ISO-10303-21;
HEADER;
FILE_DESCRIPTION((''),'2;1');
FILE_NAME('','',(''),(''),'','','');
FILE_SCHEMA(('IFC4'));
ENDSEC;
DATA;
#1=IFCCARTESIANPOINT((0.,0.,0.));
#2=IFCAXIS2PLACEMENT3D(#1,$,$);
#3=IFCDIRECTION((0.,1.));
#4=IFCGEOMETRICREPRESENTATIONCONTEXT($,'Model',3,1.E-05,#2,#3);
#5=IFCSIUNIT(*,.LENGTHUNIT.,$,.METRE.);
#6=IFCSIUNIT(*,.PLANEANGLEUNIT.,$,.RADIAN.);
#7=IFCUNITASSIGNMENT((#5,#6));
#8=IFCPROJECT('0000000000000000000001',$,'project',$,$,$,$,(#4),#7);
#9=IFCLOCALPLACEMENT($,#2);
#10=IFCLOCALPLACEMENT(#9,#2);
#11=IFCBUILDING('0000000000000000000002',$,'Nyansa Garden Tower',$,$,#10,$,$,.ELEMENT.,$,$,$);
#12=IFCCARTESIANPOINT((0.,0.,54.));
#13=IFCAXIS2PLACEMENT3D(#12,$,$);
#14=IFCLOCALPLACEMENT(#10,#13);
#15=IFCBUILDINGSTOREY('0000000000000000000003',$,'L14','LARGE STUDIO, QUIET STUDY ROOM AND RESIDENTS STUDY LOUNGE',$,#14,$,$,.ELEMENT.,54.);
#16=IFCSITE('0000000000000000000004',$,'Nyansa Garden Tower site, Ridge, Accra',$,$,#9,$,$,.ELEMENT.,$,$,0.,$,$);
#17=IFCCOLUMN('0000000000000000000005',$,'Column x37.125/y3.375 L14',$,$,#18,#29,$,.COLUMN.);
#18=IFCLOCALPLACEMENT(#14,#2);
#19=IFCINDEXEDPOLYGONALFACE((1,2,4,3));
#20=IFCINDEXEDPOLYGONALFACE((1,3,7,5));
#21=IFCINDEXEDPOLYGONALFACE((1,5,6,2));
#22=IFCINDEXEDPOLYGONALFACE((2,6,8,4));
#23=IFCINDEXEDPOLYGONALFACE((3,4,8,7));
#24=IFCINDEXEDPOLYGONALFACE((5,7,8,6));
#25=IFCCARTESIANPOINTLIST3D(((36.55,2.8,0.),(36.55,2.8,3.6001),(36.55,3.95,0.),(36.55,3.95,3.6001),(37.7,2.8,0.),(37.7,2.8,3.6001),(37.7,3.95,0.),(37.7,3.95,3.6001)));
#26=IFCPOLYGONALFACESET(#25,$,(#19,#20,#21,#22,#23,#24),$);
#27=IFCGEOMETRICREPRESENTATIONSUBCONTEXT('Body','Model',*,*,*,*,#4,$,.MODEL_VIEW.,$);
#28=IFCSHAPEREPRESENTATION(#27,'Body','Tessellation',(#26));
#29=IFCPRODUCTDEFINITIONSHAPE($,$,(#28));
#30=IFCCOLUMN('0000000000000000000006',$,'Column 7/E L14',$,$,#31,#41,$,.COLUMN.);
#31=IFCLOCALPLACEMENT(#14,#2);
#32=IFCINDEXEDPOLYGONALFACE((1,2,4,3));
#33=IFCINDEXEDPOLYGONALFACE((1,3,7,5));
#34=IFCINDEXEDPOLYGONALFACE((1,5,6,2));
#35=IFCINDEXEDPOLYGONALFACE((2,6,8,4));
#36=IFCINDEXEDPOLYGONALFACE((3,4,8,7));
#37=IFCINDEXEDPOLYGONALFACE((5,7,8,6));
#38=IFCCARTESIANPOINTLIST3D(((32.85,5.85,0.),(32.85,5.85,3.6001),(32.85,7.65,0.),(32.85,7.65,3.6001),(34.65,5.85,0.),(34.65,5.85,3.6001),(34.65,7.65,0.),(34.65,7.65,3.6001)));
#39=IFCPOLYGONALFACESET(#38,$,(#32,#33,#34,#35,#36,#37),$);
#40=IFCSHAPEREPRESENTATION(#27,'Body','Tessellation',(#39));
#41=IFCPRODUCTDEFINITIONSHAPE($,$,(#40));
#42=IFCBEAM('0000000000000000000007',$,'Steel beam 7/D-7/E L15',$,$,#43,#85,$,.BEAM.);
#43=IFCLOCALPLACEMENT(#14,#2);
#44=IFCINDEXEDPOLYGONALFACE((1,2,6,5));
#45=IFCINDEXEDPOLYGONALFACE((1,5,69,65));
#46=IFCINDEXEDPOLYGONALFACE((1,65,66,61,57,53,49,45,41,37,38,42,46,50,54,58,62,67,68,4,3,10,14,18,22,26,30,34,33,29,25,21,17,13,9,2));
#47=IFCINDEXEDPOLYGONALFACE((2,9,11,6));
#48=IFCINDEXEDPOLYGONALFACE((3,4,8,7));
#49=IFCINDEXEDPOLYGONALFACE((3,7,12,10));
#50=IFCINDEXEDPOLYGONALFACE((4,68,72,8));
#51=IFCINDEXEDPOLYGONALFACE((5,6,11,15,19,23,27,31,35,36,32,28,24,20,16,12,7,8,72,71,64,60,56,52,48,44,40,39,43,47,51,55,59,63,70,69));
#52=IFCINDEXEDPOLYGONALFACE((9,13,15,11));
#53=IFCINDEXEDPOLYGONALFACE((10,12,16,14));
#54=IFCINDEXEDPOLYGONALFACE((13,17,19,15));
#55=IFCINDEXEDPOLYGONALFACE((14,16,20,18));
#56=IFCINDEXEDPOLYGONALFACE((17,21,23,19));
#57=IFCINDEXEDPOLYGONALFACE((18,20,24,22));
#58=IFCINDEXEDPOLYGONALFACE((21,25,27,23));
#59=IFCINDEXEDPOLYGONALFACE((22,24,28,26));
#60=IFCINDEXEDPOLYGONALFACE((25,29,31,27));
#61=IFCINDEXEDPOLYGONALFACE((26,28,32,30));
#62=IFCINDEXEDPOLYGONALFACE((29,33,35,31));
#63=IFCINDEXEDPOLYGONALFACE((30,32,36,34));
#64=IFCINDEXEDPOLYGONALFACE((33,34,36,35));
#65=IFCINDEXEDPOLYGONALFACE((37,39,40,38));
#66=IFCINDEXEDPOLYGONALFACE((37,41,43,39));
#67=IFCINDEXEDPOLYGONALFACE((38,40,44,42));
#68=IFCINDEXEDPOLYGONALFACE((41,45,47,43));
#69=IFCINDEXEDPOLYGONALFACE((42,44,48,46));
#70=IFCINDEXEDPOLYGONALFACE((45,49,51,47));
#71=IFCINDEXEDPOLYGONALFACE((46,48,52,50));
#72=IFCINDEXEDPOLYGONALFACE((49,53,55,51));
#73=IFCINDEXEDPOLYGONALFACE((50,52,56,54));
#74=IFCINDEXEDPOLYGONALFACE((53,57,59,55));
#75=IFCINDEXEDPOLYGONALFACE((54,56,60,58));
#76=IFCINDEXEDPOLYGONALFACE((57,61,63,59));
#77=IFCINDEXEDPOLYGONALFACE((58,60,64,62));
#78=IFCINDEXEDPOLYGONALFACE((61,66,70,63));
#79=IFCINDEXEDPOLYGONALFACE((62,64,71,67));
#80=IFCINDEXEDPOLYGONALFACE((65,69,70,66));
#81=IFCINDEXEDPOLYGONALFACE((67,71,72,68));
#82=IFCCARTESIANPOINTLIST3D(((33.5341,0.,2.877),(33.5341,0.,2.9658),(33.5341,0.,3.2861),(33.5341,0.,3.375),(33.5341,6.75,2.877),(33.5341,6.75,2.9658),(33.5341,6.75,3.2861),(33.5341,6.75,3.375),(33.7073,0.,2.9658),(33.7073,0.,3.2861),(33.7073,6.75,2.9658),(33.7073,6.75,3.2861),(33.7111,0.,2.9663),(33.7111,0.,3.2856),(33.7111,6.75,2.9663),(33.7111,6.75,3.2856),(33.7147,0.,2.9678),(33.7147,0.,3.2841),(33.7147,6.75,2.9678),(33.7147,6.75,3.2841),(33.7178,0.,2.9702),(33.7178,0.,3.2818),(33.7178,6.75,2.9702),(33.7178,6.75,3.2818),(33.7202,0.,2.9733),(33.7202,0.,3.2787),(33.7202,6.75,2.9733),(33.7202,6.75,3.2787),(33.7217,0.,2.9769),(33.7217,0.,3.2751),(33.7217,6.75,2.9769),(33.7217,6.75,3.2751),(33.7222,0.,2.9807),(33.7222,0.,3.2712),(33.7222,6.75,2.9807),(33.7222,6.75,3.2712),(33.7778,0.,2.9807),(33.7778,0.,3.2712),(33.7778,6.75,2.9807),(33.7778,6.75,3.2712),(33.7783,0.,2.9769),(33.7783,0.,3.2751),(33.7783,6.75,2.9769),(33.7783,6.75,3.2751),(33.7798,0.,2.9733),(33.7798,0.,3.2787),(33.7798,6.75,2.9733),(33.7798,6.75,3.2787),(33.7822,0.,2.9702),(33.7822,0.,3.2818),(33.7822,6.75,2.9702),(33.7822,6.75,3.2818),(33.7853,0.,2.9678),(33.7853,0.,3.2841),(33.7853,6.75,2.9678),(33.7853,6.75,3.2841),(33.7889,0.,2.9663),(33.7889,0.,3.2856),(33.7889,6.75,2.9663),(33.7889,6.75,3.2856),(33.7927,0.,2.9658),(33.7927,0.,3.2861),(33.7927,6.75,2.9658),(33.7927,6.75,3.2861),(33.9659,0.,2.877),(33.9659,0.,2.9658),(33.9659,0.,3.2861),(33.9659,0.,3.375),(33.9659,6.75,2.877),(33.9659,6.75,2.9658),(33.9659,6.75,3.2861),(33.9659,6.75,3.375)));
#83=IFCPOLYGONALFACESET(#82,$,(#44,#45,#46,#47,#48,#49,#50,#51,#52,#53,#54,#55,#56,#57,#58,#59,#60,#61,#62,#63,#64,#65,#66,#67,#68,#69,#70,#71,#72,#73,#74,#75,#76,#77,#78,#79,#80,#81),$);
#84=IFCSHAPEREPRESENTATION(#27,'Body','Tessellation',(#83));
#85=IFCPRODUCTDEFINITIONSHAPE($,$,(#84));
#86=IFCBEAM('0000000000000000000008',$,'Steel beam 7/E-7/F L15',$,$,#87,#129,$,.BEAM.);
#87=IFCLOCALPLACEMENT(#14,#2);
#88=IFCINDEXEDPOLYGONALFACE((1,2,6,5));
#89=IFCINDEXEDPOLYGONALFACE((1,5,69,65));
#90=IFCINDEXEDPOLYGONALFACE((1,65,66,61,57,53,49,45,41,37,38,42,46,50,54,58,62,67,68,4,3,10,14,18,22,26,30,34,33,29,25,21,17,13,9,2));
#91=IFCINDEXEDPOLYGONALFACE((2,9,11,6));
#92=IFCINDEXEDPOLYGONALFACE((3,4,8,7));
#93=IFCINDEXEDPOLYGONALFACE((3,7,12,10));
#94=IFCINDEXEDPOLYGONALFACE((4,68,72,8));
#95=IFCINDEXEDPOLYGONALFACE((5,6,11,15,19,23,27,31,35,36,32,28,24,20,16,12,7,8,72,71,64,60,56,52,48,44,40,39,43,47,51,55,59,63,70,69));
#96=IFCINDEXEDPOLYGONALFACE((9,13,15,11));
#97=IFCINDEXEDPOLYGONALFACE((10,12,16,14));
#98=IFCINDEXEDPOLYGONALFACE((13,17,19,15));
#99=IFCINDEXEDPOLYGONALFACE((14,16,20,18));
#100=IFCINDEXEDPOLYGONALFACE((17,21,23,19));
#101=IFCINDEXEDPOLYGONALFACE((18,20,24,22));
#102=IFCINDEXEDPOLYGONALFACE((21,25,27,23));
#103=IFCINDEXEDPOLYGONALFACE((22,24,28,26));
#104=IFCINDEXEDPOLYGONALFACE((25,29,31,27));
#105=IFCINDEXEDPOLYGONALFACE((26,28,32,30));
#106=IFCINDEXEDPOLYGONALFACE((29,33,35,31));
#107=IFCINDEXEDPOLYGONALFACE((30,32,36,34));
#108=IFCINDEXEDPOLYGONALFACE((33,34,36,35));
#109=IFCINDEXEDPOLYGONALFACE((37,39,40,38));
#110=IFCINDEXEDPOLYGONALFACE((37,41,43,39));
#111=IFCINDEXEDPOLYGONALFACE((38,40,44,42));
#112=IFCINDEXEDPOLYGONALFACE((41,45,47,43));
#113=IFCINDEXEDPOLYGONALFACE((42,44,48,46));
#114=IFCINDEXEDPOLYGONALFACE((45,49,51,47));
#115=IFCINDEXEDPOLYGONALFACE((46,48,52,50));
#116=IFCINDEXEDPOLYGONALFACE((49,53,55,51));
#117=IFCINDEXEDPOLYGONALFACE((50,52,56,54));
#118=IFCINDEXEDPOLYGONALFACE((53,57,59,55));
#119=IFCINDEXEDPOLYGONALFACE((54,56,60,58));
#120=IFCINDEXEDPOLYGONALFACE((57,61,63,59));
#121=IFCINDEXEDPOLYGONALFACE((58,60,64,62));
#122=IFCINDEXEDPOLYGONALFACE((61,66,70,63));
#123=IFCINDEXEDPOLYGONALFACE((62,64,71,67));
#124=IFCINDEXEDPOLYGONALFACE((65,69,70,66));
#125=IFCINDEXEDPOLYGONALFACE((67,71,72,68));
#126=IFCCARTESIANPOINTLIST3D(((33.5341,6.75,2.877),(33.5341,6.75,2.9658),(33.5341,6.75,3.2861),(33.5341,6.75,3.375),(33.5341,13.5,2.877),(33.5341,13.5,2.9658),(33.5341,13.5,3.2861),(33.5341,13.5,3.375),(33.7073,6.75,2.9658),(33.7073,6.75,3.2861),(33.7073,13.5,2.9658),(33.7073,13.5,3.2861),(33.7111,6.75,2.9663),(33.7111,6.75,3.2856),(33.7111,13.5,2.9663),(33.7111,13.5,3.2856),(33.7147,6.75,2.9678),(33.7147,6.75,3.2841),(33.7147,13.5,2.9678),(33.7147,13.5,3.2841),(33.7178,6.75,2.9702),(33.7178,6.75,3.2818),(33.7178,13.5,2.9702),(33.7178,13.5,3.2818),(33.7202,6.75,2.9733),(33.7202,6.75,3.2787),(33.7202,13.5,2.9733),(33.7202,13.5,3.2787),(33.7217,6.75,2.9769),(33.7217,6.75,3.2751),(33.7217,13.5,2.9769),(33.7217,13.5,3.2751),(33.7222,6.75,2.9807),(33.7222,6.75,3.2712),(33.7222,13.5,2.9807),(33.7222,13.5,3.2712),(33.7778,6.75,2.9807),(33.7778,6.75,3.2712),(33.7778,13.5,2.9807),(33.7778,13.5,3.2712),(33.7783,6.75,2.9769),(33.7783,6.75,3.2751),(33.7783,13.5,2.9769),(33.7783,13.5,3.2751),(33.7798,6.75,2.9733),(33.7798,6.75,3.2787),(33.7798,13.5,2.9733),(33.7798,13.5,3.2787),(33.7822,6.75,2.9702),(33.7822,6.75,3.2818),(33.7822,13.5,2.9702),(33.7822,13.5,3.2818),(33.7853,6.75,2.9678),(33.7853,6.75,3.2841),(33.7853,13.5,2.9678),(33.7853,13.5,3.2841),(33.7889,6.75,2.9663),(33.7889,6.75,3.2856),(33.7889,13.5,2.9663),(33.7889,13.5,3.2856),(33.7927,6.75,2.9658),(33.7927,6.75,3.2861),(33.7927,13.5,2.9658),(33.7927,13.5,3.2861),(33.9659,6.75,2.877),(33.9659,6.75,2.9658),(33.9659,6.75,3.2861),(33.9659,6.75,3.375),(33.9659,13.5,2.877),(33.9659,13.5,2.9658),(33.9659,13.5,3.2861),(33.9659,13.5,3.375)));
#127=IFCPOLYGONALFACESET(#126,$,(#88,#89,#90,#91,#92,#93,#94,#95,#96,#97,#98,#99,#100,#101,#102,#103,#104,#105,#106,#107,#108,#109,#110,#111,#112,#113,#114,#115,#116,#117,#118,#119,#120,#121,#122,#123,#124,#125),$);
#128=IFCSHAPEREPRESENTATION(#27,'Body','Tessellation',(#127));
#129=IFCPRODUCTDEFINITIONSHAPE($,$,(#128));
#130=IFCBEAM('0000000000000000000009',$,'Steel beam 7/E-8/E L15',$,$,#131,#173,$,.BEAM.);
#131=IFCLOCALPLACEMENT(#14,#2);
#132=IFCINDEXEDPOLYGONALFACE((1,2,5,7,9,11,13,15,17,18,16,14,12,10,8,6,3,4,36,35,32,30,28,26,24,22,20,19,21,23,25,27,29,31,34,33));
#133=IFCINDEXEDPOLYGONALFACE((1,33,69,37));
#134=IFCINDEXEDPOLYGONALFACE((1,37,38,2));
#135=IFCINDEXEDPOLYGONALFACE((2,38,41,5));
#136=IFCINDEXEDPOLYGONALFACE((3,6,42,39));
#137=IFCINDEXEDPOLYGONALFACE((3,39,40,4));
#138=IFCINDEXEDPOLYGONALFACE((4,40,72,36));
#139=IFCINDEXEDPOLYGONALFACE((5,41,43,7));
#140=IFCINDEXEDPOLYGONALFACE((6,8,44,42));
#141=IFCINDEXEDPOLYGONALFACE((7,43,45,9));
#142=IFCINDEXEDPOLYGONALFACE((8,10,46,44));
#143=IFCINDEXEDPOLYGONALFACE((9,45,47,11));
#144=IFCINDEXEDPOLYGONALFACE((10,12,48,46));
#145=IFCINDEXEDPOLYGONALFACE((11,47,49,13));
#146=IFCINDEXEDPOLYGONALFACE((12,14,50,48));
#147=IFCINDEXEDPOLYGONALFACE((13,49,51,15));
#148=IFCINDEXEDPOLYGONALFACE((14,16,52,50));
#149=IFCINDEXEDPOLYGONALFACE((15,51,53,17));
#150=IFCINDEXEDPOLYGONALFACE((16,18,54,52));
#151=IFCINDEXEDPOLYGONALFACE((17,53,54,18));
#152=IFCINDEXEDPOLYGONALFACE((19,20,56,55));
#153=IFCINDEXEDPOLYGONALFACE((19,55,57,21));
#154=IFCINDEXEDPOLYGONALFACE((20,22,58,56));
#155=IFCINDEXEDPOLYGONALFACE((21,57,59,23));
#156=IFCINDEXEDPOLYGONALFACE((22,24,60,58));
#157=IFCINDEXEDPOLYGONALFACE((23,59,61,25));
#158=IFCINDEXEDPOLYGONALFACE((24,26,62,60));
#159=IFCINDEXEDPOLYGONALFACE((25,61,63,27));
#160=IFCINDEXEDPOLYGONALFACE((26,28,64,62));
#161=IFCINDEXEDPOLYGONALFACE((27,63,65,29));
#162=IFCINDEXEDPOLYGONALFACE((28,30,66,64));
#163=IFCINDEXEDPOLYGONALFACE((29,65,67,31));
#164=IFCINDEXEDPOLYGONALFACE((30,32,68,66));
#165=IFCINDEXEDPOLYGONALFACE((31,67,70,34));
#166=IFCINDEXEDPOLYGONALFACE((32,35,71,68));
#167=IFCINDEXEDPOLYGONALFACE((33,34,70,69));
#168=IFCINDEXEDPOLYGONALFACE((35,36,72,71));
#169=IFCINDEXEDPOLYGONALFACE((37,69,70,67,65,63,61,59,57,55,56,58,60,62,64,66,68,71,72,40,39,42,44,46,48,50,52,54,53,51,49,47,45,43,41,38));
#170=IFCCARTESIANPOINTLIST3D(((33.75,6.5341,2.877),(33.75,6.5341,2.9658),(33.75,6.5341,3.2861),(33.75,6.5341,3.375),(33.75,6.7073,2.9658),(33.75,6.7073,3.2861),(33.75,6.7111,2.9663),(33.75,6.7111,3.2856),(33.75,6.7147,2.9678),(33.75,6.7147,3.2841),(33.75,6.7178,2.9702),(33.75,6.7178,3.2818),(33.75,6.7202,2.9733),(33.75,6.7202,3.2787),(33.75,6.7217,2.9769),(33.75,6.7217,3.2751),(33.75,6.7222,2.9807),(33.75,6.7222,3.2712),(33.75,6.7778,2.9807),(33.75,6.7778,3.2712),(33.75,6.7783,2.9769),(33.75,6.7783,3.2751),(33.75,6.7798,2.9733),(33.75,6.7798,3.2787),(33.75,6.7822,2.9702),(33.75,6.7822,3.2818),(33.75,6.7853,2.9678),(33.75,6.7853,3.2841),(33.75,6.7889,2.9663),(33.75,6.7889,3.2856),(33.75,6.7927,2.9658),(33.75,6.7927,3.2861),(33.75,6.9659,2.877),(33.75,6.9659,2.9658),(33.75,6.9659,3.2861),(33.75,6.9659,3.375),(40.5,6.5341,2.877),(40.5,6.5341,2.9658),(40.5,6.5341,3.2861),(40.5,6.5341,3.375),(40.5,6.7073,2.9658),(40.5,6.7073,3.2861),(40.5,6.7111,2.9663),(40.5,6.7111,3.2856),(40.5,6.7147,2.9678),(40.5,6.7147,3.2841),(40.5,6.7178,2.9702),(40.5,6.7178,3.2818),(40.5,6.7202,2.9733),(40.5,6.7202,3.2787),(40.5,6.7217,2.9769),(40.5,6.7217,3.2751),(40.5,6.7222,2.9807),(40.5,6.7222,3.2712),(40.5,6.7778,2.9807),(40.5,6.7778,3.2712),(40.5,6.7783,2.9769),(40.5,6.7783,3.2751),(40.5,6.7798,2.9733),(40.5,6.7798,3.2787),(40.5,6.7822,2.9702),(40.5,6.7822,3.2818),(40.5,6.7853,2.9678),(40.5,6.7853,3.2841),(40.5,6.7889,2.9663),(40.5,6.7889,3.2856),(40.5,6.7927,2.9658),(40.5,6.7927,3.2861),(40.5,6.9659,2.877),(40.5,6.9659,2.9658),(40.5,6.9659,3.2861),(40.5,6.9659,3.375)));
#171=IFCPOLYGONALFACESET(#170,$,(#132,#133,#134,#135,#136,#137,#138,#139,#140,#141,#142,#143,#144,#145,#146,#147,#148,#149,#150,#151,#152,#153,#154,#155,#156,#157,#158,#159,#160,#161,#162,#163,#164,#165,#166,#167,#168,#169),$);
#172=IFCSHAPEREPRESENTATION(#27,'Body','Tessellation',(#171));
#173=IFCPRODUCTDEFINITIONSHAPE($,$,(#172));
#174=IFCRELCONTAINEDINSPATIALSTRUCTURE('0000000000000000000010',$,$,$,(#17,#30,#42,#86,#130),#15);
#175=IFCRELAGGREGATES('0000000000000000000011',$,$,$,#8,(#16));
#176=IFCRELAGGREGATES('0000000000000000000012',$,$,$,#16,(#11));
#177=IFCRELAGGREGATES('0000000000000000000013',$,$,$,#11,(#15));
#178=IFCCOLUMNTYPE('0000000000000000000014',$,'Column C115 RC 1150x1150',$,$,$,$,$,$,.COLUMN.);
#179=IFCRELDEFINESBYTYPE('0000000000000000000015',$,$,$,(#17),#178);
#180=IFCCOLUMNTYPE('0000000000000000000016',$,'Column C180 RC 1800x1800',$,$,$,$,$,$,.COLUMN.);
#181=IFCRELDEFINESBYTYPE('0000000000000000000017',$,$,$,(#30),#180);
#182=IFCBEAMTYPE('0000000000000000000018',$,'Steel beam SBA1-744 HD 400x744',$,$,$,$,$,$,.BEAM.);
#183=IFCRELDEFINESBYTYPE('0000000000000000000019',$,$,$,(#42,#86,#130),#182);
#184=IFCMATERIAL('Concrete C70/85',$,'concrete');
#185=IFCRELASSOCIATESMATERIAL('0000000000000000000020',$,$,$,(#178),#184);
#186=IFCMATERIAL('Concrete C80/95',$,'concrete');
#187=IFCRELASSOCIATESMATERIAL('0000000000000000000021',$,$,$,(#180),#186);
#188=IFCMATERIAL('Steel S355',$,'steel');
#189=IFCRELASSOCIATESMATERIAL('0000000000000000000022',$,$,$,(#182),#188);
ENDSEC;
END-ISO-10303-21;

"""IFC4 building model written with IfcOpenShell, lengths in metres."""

from ifc_helpers import new_model, si_unit, direction, frame, origin, origin_2d, place, context, subcontext, project, spatial, rectangle, i_section, extrude, material, material_profile, profile_set, type_object, element, save


model = new_model("IFC4")

# Units and contexts
model_context = context("Model", 3, precision=1e-05, world=origin(), true_north=direction((0.0, 1.0)))
body_context = subcontext(model_context, "Body", "Model", "MODEL_VIEW")
ifc_project = project(units=[si_unit("LENGTHUNIT", "METRE"), si_unit("PLANEANGLEUNIT", "RADIAN")], contexts=[model_context])

# Site, building, storey
site_placement = place(None, origin())
site = spatial("IfcSite", under=ifc_project, at=site_placement, Name="Nyansa Garden Tower site, Ridge, Accra", CompositionType="ELEMENT", RefElevation=0.0)
building_placement = place(site_placement, origin())
building = spatial("IfcBuilding", under=site, at=building_placement, Name="Nyansa Garden Tower", CompositionType="ELEMENT")
storey_placement = place(building_placement, frame((0.0, 0.0, 54.0)))
storey = spatial("IfcBuildingStorey", under=building, at=storey_placement, Name="L14", Description="LARGE STUDIO, QUIET STUDY ROOM AND RESIDENTS STUDY LOUNGE", CompositionType="ELEMENT", Elevation=54.0)

# Columns
ifc_material_1 = material(Name="Concrete C70/85", Category="concrete")
ifc_material_profile_1 = material_profile(ifc_material_1, rectangle(XDim=1.1499, YDim=1.1499, at=origin_2d()), Name="RC 1150x1150")
ifc_profile_set_1 = profile_set([ifc_material_profile_1], Name="Concrete C70/85")
column_type_1 = type_object("IfcColumnType", Name="Column C115 RC 1150x1150", PredefinedType="COLUMN", material=ifc_profile_set_1)
column_1_placement = place(storey_placement, frame((37.125, 3.375, 0.0), z_axis=(0.0, 0.0, 1.0), x_axis=(1.0, 0.0, 0.0)))
element("IfcColumn", 1, at=column_1_placement, inside=storey, type_object=column_type_1, Name="Column x37.125/y3.375 L14", PredefinedType="COLUMN", context=body_context, shape_type="SweptSolid", body=[
    extrude(rectangle(XDim=1.1499, YDim=1.1499, at=origin_2d()), origin(), (0.0, 0.0, 1.0), 3.6001),
])
ifc_material_2 = material(Name="Concrete C80/95", Category="concrete")
ifc_material_profile_2 = material_profile(ifc_material_2, rectangle(XDim=1.8, YDim=1.8, at=origin_2d()), Name="RC 1800x1800")
ifc_profile_set_2 = profile_set([ifc_material_profile_2], Name="Concrete C80/95")
column_type_2 = type_object("IfcColumnType", Name="Column C180 RC 1800x1800", PredefinedType="COLUMN", material=ifc_profile_set_2)
column_2_placement = place(storey_placement, frame((33.75, 6.75, 0.0), z_axis=(0.0, 0.0, 1.0), x_axis=(1.0, 0.0, 0.0)))
element("IfcColumn", 2, at=column_2_placement, inside=storey, type_object=column_type_2, Name="Column 7/E L14", PredefinedType="COLUMN", context=body_context, shape_type="SweptSolid", body=[
    extrude(rectangle(XDim=1.8, YDim=1.8, at=origin_2d()), origin(), (0.0, 0.0, 1.0), 3.6001),
])

# Beams
ifc_material_3 = material(Name="Steel S355", Category="steel")
ifc_material_profile_3 = material_profile(ifc_material_3, i_section(OverallWidth=0.4319, OverallDepth=0.498, WebThickness=0.0557, FlangeThickness=0.0889, FilletRadius=0.0149, at=origin_2d()), Name="HD 400x744")
ifc_profile_set_3 = profile_set([ifc_material_profile_3], Name="Steel S355")
beam_type_1 = type_object("IfcBeamType", Name="Steel beam SBA1-744 HD 400x744", PredefinedType="BEAM", material=ifc_profile_set_3)
for number, where, z_axis, x_axis, name in (
    (3, (33.75, 0.0, 3.126), (0.0, 1.0, 0.0), (-1.0, 0.0, 0.0), "Steel beam 7/D-7/E L15"),
    (4, (33.75, 6.75, 3.126), (0.0, 1.0, 0.0), (-1.0, 0.0, 0.0), "Steel beam 7/E-7/F L15"),
    (5, (33.75, 6.75, 3.126), (1.0, 0.0, 0.0), (0.0, 1.0, 0.0), "Steel beam 7/E-8/E L15"),
):
    element("IfcBeam", number, at=place(storey_placement, frame(where, z_axis=z_axis, x_axis=x_axis)), inside=storey, type_object=beam_type_1, Name=name, PredefinedType="BEAM", context=body_context, shape_type="SweptSolid", body=[
        extrude(i_section(OverallWidth=0.4319, OverallDepth=0.498, WebThickness=0.0557, FlangeThickness=0.0889, FilletRadius=0.0149, at=origin_2d()), origin(), (0.0, 0.0, 1.0), 6.75),
    ])

save(model, "model.ifc")
